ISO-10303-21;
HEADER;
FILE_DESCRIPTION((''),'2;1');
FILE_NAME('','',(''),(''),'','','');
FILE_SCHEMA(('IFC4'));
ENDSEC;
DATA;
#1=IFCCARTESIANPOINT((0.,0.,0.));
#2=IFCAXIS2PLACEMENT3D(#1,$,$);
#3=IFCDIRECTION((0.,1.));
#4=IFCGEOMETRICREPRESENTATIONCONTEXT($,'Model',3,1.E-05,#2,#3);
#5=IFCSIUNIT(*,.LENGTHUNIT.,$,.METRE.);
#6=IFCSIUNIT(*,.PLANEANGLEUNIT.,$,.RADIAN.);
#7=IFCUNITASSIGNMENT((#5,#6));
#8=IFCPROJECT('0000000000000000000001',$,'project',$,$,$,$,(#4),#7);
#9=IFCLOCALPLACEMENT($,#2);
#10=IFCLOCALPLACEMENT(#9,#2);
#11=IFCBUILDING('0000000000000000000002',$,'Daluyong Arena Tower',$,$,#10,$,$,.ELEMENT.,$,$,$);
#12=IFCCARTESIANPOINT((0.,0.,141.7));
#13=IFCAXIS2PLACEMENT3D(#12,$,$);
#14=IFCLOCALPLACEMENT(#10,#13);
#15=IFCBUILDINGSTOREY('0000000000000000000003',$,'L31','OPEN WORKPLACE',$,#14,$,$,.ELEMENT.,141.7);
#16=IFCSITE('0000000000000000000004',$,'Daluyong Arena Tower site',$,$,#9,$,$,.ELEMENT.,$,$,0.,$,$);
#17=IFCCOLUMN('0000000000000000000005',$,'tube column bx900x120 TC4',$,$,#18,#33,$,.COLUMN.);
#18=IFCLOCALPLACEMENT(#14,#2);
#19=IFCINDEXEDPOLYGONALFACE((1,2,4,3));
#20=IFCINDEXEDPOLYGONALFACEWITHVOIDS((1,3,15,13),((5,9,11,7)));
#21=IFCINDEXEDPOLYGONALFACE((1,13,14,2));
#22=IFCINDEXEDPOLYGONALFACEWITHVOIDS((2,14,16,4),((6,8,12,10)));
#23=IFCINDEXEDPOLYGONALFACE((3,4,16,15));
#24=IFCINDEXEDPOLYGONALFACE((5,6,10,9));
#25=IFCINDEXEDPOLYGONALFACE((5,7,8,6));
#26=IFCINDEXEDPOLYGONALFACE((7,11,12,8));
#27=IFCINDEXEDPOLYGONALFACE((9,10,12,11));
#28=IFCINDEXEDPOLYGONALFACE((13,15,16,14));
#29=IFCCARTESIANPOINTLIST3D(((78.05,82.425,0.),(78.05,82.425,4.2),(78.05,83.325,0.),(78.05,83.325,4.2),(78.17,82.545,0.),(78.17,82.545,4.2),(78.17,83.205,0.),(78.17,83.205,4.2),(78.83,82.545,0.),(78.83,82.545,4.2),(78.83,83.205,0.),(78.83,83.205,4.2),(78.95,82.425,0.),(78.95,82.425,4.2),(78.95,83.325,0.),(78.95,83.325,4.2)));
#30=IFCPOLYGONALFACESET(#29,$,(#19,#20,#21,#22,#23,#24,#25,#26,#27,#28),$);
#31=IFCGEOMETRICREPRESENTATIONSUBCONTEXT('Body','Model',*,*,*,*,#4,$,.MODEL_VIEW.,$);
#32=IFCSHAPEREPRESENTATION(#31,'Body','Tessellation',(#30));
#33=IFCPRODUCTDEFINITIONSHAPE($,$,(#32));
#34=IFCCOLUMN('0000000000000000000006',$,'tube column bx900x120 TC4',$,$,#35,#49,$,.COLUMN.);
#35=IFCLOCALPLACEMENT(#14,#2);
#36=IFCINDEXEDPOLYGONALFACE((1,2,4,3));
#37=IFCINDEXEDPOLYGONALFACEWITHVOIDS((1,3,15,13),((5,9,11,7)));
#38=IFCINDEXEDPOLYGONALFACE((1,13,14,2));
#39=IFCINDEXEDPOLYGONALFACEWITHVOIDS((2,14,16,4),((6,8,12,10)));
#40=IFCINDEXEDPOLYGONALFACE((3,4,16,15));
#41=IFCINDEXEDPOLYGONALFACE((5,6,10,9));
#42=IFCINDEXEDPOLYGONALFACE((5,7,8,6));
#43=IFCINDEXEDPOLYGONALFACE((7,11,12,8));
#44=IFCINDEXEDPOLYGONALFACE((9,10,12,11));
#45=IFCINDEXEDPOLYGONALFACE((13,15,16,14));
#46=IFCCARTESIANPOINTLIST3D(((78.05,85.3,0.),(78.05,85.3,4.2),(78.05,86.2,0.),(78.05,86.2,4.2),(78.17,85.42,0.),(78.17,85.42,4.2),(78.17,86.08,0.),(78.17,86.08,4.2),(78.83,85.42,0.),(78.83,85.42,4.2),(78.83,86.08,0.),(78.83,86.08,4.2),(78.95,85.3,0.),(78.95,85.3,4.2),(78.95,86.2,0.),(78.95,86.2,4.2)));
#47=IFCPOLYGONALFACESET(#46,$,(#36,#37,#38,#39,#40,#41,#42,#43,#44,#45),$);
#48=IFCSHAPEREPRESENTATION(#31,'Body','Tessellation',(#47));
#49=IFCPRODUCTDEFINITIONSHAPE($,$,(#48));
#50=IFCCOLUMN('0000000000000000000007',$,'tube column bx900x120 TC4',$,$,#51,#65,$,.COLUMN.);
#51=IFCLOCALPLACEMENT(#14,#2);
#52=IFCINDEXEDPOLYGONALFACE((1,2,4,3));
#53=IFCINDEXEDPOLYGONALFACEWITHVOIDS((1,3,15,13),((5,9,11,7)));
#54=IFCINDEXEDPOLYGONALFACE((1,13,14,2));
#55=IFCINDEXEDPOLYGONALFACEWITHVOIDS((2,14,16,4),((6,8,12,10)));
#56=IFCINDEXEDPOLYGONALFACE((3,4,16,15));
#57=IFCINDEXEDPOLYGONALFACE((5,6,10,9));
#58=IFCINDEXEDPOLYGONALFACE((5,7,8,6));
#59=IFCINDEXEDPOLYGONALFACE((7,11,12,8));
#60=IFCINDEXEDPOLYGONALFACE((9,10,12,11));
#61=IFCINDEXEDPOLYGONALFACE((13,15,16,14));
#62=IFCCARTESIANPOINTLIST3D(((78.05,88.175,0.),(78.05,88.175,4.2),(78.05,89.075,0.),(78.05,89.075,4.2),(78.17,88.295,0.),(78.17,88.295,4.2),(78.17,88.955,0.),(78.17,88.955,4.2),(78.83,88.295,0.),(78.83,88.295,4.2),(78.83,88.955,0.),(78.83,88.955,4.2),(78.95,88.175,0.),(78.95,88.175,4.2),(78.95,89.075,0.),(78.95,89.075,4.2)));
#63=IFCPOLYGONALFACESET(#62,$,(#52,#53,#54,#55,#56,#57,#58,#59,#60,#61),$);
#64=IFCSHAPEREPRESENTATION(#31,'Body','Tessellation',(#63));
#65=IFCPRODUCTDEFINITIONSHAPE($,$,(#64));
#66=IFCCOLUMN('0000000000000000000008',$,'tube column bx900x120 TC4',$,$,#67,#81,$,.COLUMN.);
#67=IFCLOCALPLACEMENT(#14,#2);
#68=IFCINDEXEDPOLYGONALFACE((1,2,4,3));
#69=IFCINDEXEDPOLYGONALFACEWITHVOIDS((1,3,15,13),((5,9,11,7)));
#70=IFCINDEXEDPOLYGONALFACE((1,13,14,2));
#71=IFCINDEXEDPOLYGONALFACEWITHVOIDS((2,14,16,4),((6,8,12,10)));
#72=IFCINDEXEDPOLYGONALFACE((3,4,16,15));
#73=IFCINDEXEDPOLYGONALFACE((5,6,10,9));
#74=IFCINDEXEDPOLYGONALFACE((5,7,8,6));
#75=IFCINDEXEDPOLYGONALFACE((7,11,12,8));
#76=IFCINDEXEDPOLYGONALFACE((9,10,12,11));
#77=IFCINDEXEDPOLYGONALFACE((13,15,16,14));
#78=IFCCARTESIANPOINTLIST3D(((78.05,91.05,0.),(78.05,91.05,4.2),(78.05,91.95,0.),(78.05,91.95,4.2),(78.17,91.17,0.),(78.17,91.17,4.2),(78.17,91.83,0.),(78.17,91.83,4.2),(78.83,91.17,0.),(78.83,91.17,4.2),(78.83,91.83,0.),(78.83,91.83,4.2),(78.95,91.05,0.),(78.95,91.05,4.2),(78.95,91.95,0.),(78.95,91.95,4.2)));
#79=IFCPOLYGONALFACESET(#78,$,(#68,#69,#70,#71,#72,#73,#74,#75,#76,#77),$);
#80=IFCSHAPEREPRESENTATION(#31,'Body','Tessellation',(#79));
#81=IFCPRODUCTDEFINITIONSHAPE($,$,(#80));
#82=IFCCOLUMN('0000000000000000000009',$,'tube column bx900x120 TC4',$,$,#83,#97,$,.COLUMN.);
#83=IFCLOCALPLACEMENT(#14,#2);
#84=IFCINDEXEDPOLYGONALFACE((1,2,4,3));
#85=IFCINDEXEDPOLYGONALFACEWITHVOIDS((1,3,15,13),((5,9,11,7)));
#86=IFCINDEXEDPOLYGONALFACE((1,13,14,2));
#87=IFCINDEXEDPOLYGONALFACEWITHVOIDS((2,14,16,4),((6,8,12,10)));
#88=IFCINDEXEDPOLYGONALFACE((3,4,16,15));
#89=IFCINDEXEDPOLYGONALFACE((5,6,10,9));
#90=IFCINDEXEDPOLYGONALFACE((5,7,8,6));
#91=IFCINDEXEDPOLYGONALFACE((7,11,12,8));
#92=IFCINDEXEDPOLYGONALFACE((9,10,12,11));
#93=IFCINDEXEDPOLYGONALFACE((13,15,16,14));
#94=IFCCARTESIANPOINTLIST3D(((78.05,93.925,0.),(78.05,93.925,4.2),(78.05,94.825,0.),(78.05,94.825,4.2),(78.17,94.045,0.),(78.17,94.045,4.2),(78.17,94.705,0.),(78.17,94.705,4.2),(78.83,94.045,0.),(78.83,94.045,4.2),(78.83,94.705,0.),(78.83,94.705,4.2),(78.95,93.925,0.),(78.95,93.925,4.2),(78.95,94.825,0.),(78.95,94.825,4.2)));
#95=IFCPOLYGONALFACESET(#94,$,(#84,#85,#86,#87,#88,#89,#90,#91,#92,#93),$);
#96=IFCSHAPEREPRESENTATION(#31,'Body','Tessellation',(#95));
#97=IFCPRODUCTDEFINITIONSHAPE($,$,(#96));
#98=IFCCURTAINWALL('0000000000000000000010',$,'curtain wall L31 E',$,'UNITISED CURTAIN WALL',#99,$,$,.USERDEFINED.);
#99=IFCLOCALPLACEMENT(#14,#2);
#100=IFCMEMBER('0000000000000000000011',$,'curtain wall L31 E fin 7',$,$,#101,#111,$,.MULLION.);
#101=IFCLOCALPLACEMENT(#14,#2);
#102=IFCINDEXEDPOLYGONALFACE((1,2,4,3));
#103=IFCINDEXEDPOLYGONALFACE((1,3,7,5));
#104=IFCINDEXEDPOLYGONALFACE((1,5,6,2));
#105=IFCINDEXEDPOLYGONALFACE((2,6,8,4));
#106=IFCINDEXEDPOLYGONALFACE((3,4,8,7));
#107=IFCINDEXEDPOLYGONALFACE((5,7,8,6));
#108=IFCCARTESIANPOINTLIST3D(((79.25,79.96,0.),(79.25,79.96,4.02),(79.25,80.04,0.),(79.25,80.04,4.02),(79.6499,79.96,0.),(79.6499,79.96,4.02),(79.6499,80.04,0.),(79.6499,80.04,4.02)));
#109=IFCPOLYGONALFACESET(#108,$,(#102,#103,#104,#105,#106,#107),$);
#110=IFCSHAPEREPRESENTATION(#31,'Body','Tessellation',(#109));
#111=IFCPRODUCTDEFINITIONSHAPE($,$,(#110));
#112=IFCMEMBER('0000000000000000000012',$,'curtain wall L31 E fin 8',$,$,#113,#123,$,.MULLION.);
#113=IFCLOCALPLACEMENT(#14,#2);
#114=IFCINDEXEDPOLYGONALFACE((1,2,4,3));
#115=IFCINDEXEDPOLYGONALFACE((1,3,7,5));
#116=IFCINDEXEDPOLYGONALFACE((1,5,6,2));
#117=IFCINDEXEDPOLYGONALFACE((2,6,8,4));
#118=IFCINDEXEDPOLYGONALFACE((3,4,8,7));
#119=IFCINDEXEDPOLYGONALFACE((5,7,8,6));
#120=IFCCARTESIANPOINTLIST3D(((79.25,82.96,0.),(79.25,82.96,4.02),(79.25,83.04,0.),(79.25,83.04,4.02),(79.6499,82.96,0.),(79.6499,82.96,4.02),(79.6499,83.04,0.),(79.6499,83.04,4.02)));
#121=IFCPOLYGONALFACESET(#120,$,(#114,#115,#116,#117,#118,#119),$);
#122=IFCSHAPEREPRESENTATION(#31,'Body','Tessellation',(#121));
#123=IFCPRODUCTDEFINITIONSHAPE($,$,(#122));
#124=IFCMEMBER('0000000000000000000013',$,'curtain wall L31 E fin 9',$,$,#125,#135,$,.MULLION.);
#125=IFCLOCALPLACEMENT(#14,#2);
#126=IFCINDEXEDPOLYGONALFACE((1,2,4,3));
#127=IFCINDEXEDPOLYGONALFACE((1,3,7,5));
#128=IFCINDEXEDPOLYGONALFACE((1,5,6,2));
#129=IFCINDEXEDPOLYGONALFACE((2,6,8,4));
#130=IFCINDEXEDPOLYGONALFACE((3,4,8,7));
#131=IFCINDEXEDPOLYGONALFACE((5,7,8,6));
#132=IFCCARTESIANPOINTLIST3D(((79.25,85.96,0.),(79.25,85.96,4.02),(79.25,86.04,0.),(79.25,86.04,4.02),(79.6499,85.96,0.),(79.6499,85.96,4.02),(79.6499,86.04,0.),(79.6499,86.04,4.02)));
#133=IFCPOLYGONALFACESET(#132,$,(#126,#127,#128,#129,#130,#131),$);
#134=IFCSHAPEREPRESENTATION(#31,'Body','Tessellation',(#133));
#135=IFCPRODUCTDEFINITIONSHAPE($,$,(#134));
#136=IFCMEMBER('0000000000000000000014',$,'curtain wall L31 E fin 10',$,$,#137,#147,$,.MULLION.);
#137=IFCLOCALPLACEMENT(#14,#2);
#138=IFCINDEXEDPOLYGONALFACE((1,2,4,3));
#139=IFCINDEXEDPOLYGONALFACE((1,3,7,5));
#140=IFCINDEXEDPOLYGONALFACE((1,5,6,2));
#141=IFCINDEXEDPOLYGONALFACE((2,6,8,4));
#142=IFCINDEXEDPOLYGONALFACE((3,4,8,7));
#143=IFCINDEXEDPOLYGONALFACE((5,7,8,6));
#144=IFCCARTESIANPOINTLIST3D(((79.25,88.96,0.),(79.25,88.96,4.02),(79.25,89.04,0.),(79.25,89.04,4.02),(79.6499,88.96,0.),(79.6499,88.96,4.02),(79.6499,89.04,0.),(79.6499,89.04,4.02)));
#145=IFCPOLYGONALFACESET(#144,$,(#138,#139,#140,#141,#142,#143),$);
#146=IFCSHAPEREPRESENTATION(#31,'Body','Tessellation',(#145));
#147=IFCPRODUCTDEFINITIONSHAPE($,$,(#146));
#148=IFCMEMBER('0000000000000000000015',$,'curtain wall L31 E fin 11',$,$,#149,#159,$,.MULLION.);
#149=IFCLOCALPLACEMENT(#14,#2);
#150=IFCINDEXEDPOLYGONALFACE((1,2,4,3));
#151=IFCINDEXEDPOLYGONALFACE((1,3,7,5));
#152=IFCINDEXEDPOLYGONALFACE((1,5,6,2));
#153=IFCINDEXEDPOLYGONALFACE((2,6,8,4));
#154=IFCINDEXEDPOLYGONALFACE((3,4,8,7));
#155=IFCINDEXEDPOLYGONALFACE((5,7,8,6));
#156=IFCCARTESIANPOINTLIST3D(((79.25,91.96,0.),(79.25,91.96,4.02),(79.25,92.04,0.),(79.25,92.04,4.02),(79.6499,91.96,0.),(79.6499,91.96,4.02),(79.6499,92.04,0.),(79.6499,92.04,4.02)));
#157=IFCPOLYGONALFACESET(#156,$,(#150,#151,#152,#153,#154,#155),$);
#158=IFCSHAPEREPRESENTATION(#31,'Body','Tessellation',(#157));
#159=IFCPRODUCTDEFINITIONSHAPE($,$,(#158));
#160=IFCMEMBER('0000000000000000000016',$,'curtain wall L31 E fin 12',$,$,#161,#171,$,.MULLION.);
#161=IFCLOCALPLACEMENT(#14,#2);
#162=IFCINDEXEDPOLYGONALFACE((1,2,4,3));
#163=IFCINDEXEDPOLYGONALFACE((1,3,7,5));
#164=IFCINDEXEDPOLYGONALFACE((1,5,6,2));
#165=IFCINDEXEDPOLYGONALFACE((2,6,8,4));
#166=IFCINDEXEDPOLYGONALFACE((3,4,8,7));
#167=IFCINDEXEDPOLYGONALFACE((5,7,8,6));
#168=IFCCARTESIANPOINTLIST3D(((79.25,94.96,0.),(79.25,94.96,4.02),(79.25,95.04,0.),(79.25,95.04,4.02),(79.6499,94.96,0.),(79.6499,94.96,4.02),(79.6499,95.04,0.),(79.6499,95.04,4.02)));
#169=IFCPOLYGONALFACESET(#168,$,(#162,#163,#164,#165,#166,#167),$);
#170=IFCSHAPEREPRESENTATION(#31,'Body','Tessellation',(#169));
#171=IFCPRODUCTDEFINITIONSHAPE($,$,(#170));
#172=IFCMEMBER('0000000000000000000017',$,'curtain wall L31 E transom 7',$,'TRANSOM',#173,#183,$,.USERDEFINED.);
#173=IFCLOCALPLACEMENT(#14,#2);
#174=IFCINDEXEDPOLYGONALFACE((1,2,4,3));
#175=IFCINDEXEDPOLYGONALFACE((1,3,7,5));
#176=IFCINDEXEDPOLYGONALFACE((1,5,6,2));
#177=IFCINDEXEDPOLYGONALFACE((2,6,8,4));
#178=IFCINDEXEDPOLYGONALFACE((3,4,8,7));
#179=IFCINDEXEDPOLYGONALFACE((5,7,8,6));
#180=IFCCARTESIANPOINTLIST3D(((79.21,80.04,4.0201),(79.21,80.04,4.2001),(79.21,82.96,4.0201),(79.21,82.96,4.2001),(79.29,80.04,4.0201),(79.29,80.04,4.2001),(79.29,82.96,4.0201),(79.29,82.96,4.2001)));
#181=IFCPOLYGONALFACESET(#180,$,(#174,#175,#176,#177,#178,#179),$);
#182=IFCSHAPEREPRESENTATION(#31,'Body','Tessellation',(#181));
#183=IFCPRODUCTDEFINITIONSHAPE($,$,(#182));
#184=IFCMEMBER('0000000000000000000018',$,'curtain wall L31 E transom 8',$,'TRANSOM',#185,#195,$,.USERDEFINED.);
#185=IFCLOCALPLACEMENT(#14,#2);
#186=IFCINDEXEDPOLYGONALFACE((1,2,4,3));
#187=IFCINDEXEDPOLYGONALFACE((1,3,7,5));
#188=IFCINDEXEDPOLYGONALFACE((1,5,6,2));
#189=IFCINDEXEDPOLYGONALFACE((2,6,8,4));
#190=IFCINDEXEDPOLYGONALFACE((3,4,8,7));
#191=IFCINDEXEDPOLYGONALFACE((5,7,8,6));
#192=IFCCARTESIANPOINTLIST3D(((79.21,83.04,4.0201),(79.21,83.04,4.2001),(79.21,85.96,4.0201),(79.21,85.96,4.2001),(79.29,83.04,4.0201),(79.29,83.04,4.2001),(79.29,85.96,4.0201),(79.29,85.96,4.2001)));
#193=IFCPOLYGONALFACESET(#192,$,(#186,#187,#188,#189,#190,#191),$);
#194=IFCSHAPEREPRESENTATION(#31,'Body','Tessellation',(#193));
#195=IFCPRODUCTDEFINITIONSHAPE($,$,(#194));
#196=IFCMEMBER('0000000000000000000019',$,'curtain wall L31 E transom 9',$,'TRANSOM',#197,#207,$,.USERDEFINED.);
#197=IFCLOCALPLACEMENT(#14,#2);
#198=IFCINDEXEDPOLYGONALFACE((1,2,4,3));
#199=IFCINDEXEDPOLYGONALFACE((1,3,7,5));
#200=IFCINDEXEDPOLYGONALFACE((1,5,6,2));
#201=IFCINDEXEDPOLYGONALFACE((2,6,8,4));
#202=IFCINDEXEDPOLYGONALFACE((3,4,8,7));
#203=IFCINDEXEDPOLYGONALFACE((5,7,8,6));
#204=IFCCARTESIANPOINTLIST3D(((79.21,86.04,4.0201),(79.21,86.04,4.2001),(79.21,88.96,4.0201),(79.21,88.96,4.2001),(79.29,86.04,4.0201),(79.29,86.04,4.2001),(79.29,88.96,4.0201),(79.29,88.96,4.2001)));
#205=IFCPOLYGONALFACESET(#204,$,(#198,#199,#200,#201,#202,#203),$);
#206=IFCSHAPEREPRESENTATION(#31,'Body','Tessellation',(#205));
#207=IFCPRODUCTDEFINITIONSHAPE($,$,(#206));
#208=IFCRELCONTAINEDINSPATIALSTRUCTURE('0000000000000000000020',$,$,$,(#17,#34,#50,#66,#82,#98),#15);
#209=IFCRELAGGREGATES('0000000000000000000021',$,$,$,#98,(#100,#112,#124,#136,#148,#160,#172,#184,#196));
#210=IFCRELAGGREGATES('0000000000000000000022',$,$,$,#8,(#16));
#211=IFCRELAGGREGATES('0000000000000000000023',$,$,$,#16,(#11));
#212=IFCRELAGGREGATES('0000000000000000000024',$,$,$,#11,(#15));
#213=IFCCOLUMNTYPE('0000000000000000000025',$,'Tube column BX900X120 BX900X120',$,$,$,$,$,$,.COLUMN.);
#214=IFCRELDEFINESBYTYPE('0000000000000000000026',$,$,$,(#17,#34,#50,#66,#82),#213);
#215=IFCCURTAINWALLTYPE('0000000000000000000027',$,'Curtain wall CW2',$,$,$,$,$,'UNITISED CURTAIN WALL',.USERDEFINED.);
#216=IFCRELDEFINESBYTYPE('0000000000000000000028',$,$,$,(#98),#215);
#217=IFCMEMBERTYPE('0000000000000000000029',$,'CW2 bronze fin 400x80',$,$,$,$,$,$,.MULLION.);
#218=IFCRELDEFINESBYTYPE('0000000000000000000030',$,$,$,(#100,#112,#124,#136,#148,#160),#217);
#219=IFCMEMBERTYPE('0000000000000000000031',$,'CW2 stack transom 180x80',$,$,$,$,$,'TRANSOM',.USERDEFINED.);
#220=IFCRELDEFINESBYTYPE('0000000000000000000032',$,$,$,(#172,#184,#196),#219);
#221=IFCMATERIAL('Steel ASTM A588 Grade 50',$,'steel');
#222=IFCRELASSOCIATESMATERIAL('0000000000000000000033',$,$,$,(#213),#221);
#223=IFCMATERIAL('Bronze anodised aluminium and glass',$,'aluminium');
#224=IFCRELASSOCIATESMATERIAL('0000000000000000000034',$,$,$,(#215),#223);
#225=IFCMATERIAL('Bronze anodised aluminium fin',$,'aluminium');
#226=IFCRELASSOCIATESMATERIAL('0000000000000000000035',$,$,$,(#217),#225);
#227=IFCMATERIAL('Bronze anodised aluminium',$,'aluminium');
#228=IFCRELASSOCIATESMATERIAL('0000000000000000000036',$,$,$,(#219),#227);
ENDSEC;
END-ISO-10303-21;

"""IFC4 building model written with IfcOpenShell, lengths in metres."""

from ifc_helpers import new_model, si_unit, direction, frame, origin, origin_2d, place, context, subcontext, project, spatial, rectangle, hollow_rectangle, extrude, material, material_profile, profile_set, type_object, element, aggregate, save


model = new_model("IFC4")

# Units and contexts
model_context = context("Model", 3, precision=1e-05, world=origin(), true_north=direction((0.0, 1.0)))
body_context = subcontext(model_context, "Body", "Model", "MODEL_VIEW")
ifc_project = project(units=[si_unit("LENGTHUNIT", "METRE"), si_unit("PLANEANGLEUNIT", "RADIAN")], contexts=[model_context])

# Site, building, storey
site_placement = place(None, origin())
site = spatial("IfcSite", under=ifc_project, at=site_placement, Name="Daluyong Arena Tower site", CompositionType="ELEMENT", RefElevation=0.0)
building_placement = place(site_placement, origin())
building = spatial("IfcBuilding", under=site, at=building_placement, Name="Daluyong Arena Tower", CompositionType="ELEMENT")
storey_placement = place(building_placement, frame((0.0, 0.0, 141.7)))
storey = spatial("IfcBuildingStorey", under=building, at=storey_placement, Name="L31", Description="OPEN WORKPLACE", CompositionType="ELEMENT", Elevation=141.7)

# Columns
ifc_material_1 = material(Name="Steel ASTM A588 Grade 50", Category="steel")
ifc_material_profile_1 = material_profile(ifc_material_1, hollow_rectangle(XDim=0.8999, YDim=0.8999, WallThickness=0.12, at=origin_2d()))
ifc_profile_set_1 = profile_set([ifc_material_profile_1], Name="Steel ASTM A588 Grade 50")
column_type = type_object("IfcColumnType", Name="Tube column BX900X120 BX900X120", PredefinedType="COLUMN", material=ifc_profile_set_1)
for number, where, z_axis, x_axis, name in (
    (1, (78.5, 82.875, 0.0), (0.0, 0.0, 1.0), (0.0, 1.0, 0.0), "tube column bx900x120 TC4"),
    (2, (78.5, 85.75, 0.0), (0.0, 0.0, 1.0), (0.0, 1.0, 0.0), "tube column bx900x120 TC4"),
    (3, (78.5, 88.625, 0.0), (0.0, 0.0, 1.0), (0.0, 1.0, 0.0), "tube column bx900x120 TC4"),
    (4, (78.5, 91.5, 0.0), (0.0, 0.0, 1.0), (0.0, 1.0, 0.0), "tube column bx900x120 TC4"),
    (5, (78.5, 94.375, 0.0), (0.0, 0.0, 1.0), (0.0, 1.0, 0.0), "tube column bx900x120 TC4"),
):
    element("IfcColumn", number, at=place(storey_placement, frame(where, z_axis=z_axis, x_axis=x_axis)), inside=storey, type_object=column_type, Name=name, PredefinedType="COLUMN", context=body_context, shape_type="SweptSolid", body=[
        extrude(hollow_rectangle(XDim=0.8999, YDim=0.8999, WallThickness=0.12, at=origin_2d()), origin(), (0.0, 0.0, 1.0), 4.2),
    ])

# Curtain wall, members
ifc_material_2 = material(Name="Bronze anodised aluminium and glass", Category="aluminium")
curtain_wall_type = type_object("IfcCurtainWallType", Name="Curtain wall CW2", ElementType="UNITISED CURTAIN WALL", PredefinedType="USERDEFINED", material=ifc_material_2)
curtain_wall_placement = place(storey_placement, origin())
curtain_wall = element("IfcCurtainWall", 6, at=curtain_wall_placement, inside=storey, type_object=curtain_wall_type, Name="curtain wall L31 E", ObjectType="UNITISED CURTAIN WALL", PredefinedType="USERDEFINED")
ifc_material_3 = material(Name="Bronze anodised aluminium fin", Category="aluminium")
ifc_material_profile_2 = material_profile(ifc_material_3, rectangle(XDim=0.3999, YDim=0.0801, at=origin_2d()))
ifc_profile_set_2 = profile_set([ifc_material_profile_2], Name="Bronze anodised aluminium fin")
member_type_1 = type_object("IfcMemberType", Name="CW2 bronze fin 400x80", PredefinedType="MULLION", material=ifc_profile_set_2)
member_1_placement = place(storey_placement, frame((79.45, 80.0, 0.0), z_axis=(0.0, 0.0, 1.0), x_axis=(-1.0, 0.0, 0.0)))
member_1 = element("IfcMember", 7, at=member_1_placement, type_object=member_type_1, Name="curtain wall L31 E fin 7", PredefinedType="MULLION", context=body_context, shape_type="SweptSolid", body=[
    extrude(rectangle(XDim=0.3999, YDim=0.0801, at=origin_2d()), origin(), (0.0, 0.0, 1.0), 4.02),
])
member_2_placement = place(storey_placement, frame((79.45, 83.0, 0.0), z_axis=(0.0, 0.0, 1.0), x_axis=(-1.0, 0.0, 0.0)))
member_2 = element("IfcMember", 8, at=member_2_placement, type_object=member_type_1, Name="curtain wall L31 E fin 8", PredefinedType="MULLION", context=body_context, shape_type="SweptSolid", body=[
    extrude(rectangle(XDim=0.3999, YDim=0.0801, at=origin_2d()), origin(), (0.0, 0.0, 1.0), 4.02),
])
member_3_placement = place(storey_placement, frame((79.45, 86.0, 0.0), z_axis=(0.0, 0.0, 1.0), x_axis=(-1.0, 0.0, 0.0)))
member_3 = element("IfcMember", 9, at=member_3_placement, type_object=member_type_1, Name="curtain wall L31 E fin 9", PredefinedType="MULLION", context=body_context, shape_type="SweptSolid", body=[
    extrude(rectangle(XDim=0.3999, YDim=0.0801, at=origin_2d()), origin(), (0.0, 0.0, 1.0), 4.02),
])
member_4_placement = place(storey_placement, frame((79.45, 89.0, 0.0), z_axis=(0.0, 0.0, 1.0), x_axis=(-1.0, 0.0, 0.0)))
member_4 = element("IfcMember", 10, at=member_4_placement, type_object=member_type_1, Name="curtain wall L31 E fin 10", PredefinedType="MULLION", context=body_context, shape_type="SweptSolid", body=[
    extrude(rectangle(XDim=0.3999, YDim=0.0801, at=origin_2d()), origin(), (0.0, 0.0, 1.0), 4.02),
])
member_5_placement = place(storey_placement, frame((79.45, 92.0, 0.0), z_axis=(0.0, 0.0, 1.0), x_axis=(-1.0, 0.0, 0.0)))
member_5 = element("IfcMember", 11, at=member_5_placement, type_object=member_type_1, Name="curtain wall L31 E fin 11", PredefinedType="MULLION", context=body_context, shape_type="SweptSolid", body=[
    extrude(rectangle(XDim=0.3999, YDim=0.0801, at=origin_2d()), origin(), (0.0, 0.0, 1.0), 4.02),
])
member_6_placement = place(storey_placement, frame((79.45, 95.0, 0.0), z_axis=(0.0, 0.0, 1.0), x_axis=(-1.0, 0.0, 0.0)))
member_6 = element("IfcMember", 12, at=member_6_placement, type_object=member_type_1, Name="curtain wall L31 E fin 12", PredefinedType="MULLION", context=body_context, shape_type="SweptSolid", body=[
    extrude(rectangle(XDim=0.3999, YDim=0.0801, at=origin_2d()), origin(), (0.0, 0.0, 1.0), 4.02),
])
ifc_material_4 = material(Name="Bronze anodised aluminium", Category="aluminium")
ifc_material_profile_3 = material_profile(ifc_material_4, rectangle(XDim=0.0801, YDim=0.1799, at=origin_2d()))
ifc_profile_set_3 = profile_set([ifc_material_profile_3], Name="Bronze anodised aluminium")
member_type_2 = type_object("IfcMemberType", Name="CW2 stack transom 180x80", ElementType="TRANSOM", PredefinedType="USERDEFINED", material=ifc_profile_set_3)
member_7_placement = place(storey_placement, frame((79.25, 80.04, 4.1101), z_axis=(0.0, 1.0, 0.0), x_axis=(-1.0, 0.0, 0.0)))
member_7 = element("IfcMember", 13, at=member_7_placement, type_object=member_type_2, Name="curtain wall L31 E transom 7", ObjectType="TRANSOM", PredefinedType="USERDEFINED", context=body_context, shape_type="SweptSolid", body=[
    extrude(rectangle(XDim=0.0801, YDim=0.1799, at=origin_2d()), origin(), (0.0, 0.0, 1.0), 2.9199),
])
member_8_placement = place(storey_placement, frame((79.25, 83.04, 4.1101), z_axis=(0.0, 1.0, 0.0), x_axis=(-1.0, 0.0, 0.0)))
member_8 = element("IfcMember", 14, at=member_8_placement, type_object=member_type_2, Name="curtain wall L31 E transom 8", ObjectType="TRANSOM", PredefinedType="USERDEFINED", context=body_context, shape_type="SweptSolid", body=[
    extrude(rectangle(XDim=0.0801, YDim=0.1799, at=origin_2d()), origin(), (0.0, 0.0, 1.0), 2.9199),
])
member_9_placement = place(storey_placement, frame((79.25, 86.04, 4.1101), z_axis=(0.0, 1.0, 0.0), x_axis=(-1.0, 0.0, 0.0)))
member_9 = element("IfcMember", 15, at=member_9_placement, type_object=member_type_2, Name="curtain wall L31 E transom 9", ObjectType="TRANSOM", PredefinedType="USERDEFINED", context=body_context, shape_type="SweptSolid", body=[
    extrude(rectangle(XDim=0.0801, YDim=0.1799, at=origin_2d()), origin(), (0.0, 0.0, 1.0), 2.9199),
])

aggregate(curtain_wall, [member_1, member_2, member_3, member_4, member_5, member_6, member_7, member_8, member_9])

save(model, "model.ifc")
